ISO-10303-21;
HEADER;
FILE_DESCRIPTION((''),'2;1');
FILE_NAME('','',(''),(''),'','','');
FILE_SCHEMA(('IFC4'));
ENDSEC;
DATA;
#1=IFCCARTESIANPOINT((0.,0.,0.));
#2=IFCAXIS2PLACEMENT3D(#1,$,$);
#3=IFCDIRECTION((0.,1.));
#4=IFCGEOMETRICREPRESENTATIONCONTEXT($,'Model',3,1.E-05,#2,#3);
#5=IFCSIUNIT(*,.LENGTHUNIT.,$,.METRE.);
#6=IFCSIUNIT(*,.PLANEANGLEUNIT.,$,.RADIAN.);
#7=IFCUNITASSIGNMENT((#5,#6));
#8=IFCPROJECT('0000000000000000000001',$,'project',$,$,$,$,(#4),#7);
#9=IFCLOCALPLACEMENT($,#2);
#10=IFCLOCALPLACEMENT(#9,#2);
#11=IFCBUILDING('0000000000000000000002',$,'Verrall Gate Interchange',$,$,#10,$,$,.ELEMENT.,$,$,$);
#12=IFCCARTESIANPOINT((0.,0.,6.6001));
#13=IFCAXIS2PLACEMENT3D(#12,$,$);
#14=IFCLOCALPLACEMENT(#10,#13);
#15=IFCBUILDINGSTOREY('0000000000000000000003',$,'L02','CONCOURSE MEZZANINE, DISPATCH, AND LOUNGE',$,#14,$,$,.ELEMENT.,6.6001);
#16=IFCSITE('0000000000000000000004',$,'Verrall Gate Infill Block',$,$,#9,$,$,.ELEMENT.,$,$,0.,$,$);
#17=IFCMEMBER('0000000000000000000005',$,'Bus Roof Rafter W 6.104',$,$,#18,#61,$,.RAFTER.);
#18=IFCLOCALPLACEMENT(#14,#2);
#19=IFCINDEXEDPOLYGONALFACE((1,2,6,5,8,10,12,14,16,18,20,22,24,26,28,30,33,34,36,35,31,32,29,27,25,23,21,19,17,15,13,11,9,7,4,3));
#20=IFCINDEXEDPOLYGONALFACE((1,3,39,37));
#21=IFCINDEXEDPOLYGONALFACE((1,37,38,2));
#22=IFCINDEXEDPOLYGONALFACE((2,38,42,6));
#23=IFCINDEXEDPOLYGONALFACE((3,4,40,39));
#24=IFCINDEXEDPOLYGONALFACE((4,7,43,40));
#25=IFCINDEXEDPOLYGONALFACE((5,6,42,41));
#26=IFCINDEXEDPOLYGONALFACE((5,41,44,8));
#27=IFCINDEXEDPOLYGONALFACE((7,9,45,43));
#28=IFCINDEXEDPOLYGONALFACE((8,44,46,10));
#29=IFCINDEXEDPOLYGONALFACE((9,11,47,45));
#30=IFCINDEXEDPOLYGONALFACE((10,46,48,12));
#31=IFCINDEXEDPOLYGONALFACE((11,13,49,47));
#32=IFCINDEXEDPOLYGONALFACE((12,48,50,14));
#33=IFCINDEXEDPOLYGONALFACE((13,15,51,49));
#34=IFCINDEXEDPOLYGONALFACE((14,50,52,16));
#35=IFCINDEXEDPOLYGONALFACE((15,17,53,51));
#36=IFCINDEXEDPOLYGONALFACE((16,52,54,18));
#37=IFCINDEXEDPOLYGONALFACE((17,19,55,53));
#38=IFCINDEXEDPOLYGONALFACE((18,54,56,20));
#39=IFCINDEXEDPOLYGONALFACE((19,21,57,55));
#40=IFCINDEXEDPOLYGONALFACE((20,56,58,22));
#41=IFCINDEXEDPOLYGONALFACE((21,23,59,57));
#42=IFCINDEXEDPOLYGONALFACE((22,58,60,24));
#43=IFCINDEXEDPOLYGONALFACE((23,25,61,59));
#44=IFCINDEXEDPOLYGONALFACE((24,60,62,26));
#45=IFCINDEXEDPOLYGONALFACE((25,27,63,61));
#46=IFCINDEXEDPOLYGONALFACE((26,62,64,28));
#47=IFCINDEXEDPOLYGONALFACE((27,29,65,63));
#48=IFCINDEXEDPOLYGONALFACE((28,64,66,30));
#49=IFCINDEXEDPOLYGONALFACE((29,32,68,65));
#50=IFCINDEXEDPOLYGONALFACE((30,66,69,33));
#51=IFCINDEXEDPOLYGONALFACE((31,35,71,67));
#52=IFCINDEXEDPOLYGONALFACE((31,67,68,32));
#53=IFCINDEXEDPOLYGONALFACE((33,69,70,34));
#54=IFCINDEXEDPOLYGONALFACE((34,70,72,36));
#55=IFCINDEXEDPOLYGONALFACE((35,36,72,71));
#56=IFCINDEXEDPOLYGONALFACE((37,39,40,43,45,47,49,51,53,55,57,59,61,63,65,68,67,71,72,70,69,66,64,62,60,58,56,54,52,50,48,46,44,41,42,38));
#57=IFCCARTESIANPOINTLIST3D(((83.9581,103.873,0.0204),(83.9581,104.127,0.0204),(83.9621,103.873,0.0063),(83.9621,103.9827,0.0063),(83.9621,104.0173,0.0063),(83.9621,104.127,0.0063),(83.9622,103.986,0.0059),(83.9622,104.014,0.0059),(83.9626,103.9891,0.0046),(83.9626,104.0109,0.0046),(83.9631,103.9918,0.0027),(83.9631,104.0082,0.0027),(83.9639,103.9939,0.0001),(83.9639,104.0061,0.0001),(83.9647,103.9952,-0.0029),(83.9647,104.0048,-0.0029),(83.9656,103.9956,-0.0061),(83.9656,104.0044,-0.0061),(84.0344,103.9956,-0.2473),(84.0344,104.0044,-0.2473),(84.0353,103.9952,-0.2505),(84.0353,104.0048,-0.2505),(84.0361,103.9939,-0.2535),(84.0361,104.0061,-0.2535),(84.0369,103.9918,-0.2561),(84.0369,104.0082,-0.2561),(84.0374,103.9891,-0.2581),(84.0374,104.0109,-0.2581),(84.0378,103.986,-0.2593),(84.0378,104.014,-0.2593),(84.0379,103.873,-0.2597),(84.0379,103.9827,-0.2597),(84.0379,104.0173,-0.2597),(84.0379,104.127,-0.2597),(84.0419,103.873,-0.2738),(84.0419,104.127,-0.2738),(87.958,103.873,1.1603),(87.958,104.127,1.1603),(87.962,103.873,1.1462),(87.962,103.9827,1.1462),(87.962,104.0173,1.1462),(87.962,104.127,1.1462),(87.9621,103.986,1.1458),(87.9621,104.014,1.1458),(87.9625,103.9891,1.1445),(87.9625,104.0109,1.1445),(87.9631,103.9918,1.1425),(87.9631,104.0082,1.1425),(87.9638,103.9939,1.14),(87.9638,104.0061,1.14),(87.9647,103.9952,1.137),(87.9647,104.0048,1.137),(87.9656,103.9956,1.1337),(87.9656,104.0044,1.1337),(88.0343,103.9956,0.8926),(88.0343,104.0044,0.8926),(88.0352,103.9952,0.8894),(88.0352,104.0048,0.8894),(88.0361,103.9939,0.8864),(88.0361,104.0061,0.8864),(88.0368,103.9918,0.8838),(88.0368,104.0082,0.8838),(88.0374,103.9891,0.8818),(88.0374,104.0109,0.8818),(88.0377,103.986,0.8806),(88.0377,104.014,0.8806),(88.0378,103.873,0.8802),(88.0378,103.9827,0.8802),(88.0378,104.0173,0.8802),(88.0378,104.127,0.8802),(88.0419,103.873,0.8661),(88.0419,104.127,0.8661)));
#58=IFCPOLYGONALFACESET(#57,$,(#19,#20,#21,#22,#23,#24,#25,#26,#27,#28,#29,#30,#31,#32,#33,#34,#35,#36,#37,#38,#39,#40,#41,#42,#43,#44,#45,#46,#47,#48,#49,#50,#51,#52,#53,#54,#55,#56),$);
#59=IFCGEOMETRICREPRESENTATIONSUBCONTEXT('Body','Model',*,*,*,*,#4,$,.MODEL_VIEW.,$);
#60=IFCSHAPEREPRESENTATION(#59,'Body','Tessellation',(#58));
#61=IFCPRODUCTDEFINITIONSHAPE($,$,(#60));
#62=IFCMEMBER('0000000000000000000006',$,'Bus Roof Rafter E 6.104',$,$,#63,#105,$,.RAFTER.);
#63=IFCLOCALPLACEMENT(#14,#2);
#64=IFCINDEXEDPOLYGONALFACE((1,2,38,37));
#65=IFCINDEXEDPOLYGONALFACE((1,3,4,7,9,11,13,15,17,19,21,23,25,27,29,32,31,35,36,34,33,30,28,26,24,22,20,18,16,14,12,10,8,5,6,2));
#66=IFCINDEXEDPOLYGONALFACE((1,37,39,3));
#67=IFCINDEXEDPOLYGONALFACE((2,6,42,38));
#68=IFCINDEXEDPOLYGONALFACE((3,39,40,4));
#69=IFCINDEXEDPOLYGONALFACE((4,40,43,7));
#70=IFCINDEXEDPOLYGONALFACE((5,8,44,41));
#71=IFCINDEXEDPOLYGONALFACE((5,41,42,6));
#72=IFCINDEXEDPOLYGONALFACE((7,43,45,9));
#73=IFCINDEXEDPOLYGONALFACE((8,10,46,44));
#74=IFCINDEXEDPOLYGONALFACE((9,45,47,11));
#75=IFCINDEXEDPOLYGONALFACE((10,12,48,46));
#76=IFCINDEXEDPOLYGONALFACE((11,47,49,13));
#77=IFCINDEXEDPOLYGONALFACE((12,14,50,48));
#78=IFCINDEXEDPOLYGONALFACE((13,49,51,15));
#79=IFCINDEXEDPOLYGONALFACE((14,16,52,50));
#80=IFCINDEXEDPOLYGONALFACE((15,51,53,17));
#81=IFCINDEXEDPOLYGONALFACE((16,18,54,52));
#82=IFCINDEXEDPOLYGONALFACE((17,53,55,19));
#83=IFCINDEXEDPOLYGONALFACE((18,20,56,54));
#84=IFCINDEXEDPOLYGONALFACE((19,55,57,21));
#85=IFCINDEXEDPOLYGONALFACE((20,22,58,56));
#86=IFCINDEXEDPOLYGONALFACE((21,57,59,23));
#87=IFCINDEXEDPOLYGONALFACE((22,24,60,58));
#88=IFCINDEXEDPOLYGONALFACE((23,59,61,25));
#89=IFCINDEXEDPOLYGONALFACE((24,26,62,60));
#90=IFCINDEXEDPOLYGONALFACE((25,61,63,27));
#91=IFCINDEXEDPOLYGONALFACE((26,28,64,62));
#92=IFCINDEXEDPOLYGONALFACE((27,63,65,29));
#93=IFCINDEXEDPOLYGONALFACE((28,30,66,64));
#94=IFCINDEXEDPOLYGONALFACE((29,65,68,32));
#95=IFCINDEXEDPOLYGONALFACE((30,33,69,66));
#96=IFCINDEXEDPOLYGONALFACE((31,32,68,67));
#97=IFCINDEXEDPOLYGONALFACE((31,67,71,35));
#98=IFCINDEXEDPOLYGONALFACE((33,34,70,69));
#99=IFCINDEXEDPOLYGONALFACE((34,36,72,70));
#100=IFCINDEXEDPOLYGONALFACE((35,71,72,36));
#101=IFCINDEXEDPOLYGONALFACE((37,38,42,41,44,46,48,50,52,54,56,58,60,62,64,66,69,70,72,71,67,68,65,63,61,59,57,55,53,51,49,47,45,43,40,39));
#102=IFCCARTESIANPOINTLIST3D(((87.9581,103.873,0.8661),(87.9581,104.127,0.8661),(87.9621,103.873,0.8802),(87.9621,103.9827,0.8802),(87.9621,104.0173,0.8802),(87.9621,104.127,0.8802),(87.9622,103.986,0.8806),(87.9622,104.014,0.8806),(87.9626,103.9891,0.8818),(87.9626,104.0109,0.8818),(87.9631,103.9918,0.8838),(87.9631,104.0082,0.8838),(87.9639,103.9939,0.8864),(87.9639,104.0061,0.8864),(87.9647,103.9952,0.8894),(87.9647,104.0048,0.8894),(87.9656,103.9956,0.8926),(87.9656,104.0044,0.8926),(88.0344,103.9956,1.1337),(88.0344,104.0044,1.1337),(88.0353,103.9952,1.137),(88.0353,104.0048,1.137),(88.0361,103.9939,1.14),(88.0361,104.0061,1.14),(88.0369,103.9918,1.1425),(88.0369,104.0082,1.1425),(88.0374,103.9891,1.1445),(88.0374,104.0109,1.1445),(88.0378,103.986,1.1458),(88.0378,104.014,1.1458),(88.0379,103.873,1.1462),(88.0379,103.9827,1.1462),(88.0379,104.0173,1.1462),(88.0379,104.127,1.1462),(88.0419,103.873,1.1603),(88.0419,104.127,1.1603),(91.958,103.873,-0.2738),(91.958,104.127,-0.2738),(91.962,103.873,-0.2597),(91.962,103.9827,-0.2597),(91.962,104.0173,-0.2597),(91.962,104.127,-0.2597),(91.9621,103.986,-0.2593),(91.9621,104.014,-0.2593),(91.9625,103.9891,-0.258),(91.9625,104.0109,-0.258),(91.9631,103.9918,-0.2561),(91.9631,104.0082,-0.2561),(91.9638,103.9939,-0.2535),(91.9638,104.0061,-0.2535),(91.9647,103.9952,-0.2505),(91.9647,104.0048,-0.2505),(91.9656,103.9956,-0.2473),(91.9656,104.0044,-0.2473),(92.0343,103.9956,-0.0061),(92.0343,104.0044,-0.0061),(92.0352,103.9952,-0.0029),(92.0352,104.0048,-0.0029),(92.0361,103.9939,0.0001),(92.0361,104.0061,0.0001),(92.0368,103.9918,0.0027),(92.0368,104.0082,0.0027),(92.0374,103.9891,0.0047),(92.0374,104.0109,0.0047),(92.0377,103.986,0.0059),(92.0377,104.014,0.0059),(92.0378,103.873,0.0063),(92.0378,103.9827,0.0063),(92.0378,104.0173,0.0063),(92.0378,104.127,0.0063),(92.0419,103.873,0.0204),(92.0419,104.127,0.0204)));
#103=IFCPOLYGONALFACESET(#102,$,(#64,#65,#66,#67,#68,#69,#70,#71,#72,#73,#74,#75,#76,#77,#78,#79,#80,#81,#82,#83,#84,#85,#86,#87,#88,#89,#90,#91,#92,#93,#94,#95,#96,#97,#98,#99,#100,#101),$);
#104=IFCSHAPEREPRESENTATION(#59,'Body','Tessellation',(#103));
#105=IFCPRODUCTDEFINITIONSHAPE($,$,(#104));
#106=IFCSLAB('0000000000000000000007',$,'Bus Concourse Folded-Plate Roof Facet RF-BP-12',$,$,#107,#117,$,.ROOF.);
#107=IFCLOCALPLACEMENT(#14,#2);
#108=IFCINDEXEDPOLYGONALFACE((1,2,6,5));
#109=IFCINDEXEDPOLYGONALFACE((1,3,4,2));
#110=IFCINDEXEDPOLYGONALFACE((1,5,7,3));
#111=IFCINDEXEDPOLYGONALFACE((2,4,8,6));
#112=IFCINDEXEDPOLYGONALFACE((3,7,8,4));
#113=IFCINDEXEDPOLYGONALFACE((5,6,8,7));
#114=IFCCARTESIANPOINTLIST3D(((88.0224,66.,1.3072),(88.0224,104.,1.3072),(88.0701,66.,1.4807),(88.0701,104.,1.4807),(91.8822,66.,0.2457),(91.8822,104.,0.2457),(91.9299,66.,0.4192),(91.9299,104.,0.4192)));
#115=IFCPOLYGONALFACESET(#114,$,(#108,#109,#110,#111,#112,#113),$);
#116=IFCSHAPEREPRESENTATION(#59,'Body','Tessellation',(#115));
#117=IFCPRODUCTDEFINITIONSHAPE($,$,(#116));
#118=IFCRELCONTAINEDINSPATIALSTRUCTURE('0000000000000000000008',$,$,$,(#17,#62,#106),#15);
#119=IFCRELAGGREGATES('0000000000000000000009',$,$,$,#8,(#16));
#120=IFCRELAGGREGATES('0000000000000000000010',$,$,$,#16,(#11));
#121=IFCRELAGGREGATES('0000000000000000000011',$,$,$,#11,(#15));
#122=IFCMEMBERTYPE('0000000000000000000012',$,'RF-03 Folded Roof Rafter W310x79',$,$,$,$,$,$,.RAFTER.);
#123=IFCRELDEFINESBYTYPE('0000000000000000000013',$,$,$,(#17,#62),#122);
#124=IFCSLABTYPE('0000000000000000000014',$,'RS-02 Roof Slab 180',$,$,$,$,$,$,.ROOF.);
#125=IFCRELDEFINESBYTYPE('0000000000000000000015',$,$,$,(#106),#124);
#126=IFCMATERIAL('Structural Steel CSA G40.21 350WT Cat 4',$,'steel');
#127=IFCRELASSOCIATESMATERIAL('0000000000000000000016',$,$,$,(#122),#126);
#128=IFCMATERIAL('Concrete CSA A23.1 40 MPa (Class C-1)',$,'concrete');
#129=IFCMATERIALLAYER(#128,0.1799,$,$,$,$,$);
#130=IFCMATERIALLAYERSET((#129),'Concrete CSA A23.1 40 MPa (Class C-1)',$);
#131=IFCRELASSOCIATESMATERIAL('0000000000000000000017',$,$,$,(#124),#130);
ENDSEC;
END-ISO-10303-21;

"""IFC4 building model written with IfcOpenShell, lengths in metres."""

from ifc_helpers import new_model, si_unit, direction, frame, origin, origin_2d, place, context, subcontext, project, spatial, polyline, i_section, outline, extrude, material, layer, layer_set, material_profile, profile_set, type_object, element, save


model = new_model("IFC4")

# Units and contexts
model_context = context("Model", 3, precision=1e-05, world=origin(), true_north=direction((0.0, 1.0)))
body_context = subcontext(model_context, "Body", "Model", "MODEL_VIEW")
ifc_project = project(units=[si_unit("LENGTHUNIT", "METRE"), si_unit("PLANEANGLEUNIT", "RADIAN")], contexts=[model_context])

# Site, building, storey
site_placement = place(None, origin())
site = spatial("IfcSite", under=ifc_project, at=site_placement, Name="Verrall Gate Infill Block", CompositionType="ELEMENT", RefElevation=0.0)
building_placement = place(site_placement, origin())
building = spatial("IfcBuilding", under=site, at=building_placement, Name="Verrall Gate Interchange", CompositionType="ELEMENT")
storey_placement = place(building_placement, frame((0.0, 0.0, 6.6001)))
storey = spatial("IfcBuildingStorey", under=building, at=storey_placement, Name="L02", Description="CONCOURSE MEZZANINE, DISPATCH, AND LOUNGE", CompositionType="ELEMENT", Elevation=6.6001)

# Members
ifc_material_1 = material(Name="Structural Steel CSA G40.21 350WT Cat 4", Category="steel")
ifc_material_profile_1 = material_profile(ifc_material_1, i_section(OverallWidth=0.2539, OverallDepth=0.3059, WebThickness=0.0088, FlangeThickness=0.0146, FilletRadius=0.0129, at=origin_2d()), Name="W310x79")
ifc_profile_set_1 = profile_set([ifc_material_profile_1], Name="Structural Steel CSA G40.21 350WT Cat 4")
member_type_1 = type_object("IfcMemberType", Name="RF-03 Folded Roof Rafter W310x79", PredefinedType="RAFTER", material=ifc_profile_set_1)
for number, where, z_axis, x_axis, name in (
    (1, (84.0, 104.0, -0.1267), (0.961712, 0.0, 0.274062), (0.0, 1.0, 0.0), "Bus Roof Rafter W 6.104"),
    (2, (88.0, 104.0, 1.0132), (0.961712, 0.0, -0.274062), (0.0, 1.0, 0.0), "Bus Roof Rafter E 6.104"),
):
    element("IfcMember", number, at=place(storey_placement, frame(where, z_axis=z_axis, x_axis=x_axis)), inside=storey, type_object=member_type_1, Name=name, PredefinedType="RAFTER", context=body_context, shape_type="SweptSolid", body=[
        extrude(i_section(OverallWidth=0.2539, OverallDepth=0.3059, WebThickness=0.0088, FlangeThickness=0.0146, FilletRadius=0.0129, at=origin_2d()), origin(), (0.0, 0.0, 1.0), 4.1592),
    ])

# Slab
ifc_material_2 = material(Name="Concrete CSA A23.1 40 MPa (Class C-1)", Category="concrete")
ifc_layer = layer(ifc_material_2, 0.1799)
ifc_layer_set = layer_set([ifc_layer], Name="Concrete CSA A23.1 40 MPa (Class C-1)")
slab_type = type_object("IfcSlabType", Name="RS-02 Roof Slab 180", PredefinedType="ROOF", material=ifc_layer_set)
slab_placement = place(storey_placement, frame((88.0701, 66.0, 1.4807), z_axis=(0.265171, 0.0, 0.964201), x_axis=(0.964201, 0.0, -0.265171)))
element("IfcSlab", 3, at=slab_placement, inside=storey, type_object=slab_type, Name="Bus Concourse Folded-Plate Roof Facet RF-BP-12", PredefinedType="ROOF", context=body_context, shape_type="SweptSolid", body=[
    extrude(outline(polyline([(0.0, 0.0), (4.0032, 0.0), (4.0032, 38.0), (0.0, 38.0), (0.0, 0.0)])), origin(), (0.0, 0.0, -1.0), 0.1799),
])

save(model, "model.ifc")
